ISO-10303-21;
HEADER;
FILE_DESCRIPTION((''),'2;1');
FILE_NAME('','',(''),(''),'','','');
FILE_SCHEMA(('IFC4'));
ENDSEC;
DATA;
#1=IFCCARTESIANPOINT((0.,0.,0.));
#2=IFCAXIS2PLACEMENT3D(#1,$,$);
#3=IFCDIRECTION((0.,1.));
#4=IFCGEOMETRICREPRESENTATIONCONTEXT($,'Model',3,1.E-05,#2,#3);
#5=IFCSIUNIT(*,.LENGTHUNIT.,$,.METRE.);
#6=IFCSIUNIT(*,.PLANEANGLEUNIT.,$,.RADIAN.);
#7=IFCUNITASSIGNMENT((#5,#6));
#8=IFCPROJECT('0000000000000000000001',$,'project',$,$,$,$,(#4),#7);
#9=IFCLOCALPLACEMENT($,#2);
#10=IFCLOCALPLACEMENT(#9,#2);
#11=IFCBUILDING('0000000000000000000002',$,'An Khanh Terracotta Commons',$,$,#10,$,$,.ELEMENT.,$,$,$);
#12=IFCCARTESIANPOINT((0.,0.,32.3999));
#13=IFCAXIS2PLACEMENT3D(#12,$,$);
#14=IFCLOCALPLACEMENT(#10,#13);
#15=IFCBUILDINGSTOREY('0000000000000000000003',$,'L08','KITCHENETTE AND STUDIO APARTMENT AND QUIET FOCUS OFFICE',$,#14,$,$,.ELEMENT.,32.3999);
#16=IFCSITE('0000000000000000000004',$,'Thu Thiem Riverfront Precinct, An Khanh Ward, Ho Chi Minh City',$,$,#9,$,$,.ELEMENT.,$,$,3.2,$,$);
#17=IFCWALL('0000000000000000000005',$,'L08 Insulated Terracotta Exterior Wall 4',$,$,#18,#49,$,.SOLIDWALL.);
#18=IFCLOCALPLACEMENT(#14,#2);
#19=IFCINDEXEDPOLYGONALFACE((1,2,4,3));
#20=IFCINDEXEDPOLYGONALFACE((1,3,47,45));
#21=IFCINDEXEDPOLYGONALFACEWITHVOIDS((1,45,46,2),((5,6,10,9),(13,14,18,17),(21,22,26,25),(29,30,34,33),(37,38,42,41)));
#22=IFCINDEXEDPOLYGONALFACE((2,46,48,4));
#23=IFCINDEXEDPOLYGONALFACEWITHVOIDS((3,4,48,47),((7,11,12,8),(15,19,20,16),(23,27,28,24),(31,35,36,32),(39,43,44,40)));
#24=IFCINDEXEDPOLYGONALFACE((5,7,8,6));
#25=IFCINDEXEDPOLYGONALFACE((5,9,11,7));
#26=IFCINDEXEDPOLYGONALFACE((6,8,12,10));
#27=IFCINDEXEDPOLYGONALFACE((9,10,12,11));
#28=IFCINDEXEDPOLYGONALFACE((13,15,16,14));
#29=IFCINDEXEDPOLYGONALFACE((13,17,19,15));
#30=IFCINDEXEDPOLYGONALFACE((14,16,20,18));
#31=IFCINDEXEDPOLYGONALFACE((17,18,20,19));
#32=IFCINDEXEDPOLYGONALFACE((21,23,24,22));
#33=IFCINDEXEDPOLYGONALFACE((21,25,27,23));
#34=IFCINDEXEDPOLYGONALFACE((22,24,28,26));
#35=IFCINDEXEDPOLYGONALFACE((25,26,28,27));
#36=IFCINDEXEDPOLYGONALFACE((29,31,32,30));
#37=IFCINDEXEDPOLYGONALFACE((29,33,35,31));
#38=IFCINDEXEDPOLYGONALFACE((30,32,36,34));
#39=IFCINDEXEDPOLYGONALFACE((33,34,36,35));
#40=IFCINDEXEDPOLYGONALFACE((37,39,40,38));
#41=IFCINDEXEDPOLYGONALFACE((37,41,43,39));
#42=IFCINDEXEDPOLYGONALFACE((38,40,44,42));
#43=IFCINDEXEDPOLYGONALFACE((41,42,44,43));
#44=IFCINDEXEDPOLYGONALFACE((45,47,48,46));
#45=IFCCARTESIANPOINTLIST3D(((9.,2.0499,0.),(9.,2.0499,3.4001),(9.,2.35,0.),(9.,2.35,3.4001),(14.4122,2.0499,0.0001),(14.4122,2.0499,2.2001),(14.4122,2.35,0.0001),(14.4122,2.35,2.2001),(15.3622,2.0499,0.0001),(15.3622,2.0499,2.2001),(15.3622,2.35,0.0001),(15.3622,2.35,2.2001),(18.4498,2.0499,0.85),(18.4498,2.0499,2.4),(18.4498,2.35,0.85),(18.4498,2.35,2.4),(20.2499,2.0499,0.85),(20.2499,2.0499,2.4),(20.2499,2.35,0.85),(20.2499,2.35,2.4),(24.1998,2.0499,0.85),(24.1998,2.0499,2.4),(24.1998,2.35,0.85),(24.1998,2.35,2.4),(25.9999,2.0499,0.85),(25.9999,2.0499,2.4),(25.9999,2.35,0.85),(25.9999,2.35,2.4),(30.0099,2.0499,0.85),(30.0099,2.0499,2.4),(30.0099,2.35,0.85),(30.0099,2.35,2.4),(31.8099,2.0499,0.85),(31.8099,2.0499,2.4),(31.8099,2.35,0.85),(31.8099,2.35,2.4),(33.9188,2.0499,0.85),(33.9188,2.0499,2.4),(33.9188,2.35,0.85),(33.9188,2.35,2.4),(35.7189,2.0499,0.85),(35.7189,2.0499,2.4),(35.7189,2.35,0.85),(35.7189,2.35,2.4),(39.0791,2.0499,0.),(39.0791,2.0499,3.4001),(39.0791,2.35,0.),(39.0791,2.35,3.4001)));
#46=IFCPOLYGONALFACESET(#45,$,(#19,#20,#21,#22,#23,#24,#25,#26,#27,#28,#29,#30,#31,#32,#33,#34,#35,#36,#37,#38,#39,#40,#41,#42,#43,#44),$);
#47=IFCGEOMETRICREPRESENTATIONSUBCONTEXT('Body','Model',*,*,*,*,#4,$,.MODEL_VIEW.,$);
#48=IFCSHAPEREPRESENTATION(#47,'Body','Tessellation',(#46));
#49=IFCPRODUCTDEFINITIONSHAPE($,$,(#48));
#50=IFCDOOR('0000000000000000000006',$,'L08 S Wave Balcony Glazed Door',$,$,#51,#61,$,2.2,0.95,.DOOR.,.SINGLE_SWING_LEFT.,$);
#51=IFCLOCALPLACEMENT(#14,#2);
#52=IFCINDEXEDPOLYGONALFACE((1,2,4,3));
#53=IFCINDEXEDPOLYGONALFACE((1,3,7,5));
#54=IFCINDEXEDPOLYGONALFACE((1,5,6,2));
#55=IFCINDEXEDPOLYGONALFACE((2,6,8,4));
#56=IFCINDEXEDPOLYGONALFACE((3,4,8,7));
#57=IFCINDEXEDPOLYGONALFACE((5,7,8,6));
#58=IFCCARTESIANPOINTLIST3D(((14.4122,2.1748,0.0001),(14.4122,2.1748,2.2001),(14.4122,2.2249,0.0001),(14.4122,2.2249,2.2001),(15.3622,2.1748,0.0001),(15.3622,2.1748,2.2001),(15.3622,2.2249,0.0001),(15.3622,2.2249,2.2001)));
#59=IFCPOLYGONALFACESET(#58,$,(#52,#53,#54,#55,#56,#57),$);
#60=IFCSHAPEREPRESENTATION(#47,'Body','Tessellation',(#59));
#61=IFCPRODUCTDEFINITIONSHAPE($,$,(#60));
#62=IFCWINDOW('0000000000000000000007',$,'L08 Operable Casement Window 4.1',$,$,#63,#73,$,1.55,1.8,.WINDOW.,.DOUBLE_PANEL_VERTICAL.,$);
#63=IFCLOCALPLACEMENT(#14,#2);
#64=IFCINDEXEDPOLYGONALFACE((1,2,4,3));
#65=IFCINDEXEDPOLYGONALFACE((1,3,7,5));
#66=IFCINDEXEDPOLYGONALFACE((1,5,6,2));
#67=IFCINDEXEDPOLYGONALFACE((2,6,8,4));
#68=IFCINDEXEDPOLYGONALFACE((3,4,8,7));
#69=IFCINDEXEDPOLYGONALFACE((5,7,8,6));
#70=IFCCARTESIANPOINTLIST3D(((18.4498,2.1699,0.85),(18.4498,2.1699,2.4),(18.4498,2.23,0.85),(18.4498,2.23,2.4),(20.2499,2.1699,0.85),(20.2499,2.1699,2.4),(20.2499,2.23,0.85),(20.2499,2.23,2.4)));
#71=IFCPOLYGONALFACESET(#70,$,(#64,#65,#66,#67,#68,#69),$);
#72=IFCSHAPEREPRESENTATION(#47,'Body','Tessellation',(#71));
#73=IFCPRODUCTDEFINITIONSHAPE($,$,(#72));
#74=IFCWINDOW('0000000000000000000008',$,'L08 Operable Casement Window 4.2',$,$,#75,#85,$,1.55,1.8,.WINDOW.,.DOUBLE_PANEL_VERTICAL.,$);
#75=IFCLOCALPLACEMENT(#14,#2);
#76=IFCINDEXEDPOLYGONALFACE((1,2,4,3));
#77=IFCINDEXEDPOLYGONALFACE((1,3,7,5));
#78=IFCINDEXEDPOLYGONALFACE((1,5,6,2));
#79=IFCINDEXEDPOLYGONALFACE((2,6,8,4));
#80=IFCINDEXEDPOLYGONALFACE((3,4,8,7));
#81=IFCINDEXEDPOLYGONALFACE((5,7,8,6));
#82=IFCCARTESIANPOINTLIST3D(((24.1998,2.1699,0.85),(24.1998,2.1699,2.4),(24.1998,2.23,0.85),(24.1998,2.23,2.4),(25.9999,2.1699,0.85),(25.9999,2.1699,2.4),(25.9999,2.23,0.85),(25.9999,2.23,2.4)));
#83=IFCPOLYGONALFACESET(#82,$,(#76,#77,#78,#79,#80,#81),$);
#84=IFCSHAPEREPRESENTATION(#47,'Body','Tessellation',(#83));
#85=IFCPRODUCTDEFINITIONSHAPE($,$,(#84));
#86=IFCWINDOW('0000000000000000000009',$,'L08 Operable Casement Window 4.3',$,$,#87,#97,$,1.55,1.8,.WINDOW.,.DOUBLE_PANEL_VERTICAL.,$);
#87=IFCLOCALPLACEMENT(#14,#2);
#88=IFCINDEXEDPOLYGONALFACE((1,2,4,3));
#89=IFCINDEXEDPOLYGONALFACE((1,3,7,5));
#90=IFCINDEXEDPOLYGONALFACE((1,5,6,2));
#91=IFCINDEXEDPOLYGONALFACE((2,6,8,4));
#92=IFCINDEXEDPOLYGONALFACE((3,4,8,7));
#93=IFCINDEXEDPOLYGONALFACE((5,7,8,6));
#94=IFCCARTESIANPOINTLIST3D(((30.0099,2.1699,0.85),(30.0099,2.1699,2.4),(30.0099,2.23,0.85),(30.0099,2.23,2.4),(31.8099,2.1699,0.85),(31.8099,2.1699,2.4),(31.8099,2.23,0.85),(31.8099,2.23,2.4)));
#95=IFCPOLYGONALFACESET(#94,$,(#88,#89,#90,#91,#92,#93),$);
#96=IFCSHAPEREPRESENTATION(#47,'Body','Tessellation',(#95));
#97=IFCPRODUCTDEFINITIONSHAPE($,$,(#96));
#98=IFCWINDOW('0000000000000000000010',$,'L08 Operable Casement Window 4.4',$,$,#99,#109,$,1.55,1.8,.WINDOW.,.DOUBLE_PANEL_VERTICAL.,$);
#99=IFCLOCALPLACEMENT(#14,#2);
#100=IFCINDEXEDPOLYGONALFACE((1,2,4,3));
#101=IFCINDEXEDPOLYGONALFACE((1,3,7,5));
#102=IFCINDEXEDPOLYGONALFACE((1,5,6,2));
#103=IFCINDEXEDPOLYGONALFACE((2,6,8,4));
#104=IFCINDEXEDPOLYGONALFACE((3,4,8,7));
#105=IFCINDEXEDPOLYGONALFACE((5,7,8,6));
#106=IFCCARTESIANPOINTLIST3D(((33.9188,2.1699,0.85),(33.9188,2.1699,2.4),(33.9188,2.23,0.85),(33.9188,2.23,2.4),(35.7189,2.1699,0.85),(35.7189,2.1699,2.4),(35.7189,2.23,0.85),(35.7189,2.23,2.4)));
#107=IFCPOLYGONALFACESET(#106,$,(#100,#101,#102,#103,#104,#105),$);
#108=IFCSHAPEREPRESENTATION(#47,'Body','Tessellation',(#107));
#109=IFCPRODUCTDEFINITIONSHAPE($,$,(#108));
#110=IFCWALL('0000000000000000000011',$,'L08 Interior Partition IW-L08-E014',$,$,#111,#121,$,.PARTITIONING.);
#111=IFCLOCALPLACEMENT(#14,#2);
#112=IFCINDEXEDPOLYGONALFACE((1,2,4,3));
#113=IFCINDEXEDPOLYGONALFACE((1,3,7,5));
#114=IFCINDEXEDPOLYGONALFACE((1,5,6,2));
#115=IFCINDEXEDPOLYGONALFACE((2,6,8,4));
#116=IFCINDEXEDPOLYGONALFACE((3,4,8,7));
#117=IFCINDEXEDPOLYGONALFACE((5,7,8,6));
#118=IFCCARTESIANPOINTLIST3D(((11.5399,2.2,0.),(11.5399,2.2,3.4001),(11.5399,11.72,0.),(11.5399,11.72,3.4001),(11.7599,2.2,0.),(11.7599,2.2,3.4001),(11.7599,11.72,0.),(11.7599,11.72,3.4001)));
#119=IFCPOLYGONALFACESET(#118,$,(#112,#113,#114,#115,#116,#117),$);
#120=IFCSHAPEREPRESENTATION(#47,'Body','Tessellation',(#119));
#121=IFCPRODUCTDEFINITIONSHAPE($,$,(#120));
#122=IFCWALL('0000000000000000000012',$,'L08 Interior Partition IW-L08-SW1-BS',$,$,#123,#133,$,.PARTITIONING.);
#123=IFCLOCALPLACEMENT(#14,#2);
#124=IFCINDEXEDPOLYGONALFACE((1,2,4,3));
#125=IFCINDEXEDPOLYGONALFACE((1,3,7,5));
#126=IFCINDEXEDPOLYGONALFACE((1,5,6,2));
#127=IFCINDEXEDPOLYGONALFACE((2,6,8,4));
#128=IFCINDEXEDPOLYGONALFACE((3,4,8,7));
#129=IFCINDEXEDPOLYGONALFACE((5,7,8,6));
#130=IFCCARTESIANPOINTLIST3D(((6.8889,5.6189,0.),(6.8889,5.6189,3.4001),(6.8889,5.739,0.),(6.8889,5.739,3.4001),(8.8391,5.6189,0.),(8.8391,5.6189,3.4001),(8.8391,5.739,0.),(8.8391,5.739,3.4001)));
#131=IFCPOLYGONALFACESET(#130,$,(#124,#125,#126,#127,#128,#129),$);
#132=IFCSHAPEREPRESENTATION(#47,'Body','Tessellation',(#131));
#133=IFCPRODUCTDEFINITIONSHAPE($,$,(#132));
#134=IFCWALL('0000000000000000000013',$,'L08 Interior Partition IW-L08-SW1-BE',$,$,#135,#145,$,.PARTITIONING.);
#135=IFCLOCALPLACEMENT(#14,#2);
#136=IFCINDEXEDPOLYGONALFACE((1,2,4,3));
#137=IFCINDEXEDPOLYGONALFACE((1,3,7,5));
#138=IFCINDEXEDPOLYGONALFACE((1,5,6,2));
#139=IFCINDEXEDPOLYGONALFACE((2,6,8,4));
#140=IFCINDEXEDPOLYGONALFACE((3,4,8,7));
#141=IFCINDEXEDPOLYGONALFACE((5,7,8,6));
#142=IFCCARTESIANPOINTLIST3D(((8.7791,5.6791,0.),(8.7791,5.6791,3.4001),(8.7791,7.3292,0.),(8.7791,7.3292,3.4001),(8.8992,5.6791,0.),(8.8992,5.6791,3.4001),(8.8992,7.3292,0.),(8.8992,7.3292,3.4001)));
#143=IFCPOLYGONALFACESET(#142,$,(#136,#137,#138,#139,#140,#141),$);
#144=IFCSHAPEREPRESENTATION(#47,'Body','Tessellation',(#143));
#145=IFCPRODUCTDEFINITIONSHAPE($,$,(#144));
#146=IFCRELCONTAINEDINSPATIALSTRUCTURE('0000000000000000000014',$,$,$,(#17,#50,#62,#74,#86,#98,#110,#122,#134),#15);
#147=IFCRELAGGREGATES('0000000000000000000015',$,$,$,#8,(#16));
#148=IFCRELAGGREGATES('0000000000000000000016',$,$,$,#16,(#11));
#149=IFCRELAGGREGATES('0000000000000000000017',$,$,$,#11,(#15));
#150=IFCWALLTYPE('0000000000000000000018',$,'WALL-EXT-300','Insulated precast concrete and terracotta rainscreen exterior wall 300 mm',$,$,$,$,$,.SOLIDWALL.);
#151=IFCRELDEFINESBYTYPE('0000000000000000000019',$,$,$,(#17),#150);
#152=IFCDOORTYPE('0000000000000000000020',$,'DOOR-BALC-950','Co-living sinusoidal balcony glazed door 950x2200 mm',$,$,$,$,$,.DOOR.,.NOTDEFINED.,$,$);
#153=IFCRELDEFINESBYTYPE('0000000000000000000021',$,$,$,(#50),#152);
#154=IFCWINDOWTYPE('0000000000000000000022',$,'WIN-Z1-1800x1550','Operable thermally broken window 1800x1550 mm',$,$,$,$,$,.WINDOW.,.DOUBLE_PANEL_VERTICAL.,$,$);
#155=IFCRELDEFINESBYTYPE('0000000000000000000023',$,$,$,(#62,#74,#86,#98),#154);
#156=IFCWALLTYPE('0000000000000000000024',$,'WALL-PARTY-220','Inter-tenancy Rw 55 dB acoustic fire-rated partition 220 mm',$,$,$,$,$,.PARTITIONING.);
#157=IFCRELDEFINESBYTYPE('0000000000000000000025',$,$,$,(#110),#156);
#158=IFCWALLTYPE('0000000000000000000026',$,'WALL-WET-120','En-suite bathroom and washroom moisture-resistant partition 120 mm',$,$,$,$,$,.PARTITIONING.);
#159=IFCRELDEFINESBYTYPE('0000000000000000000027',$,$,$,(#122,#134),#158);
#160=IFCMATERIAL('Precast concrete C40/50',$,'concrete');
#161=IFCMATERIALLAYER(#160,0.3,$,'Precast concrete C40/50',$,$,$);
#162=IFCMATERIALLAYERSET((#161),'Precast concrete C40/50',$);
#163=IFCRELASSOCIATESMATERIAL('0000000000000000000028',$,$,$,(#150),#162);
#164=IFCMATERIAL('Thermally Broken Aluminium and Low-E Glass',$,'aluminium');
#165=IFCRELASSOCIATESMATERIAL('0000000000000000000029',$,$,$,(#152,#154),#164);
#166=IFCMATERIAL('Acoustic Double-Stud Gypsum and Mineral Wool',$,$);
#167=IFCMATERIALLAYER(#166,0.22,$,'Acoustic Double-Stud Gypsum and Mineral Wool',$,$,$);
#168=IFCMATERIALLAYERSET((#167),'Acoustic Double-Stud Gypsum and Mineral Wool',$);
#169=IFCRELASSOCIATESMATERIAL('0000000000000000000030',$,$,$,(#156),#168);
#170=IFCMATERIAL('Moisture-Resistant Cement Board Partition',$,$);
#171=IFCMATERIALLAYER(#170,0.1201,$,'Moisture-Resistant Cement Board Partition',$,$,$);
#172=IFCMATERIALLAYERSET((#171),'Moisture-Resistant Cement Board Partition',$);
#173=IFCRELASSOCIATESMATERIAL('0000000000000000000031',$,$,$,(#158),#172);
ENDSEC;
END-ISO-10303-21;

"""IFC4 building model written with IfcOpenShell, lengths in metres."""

from ifc_helpers import new_model, si_unit, direction, frame, frame_2d, origin, place, context, subcontext, project, spatial, rectangle, extrude, material, layer, layer_set, type_object, element, fill, save


model = new_model("IFC4")

# Units and contexts
model_context = context("Model", 3, precision=1e-05, world=origin(), true_north=direction((0.0, 1.0)))
body_context = subcontext(model_context, "Body", "Model", "MODEL_VIEW")
ifc_project = project(units=[si_unit("LENGTHUNIT", "METRE"), si_unit("PLANEANGLEUNIT", "RADIAN")], contexts=[model_context])

# Site, building, storey
site_placement = place(None, origin())
site = spatial("IfcSite", under=ifc_project, at=site_placement, Name="Thu Thiem Riverfront Precinct, An Khanh Ward, Ho Chi Minh City", CompositionType="ELEMENT", RefElevation=3.2)
building_placement = place(site_placement, origin())
building = spatial("IfcBuilding", under=site, at=building_placement, Name="An Khanh Terracotta Commons", CompositionType="ELEMENT")
storey_placement = place(building_placement, frame((0.0, 0.0, 32.3999)))
storey = spatial("IfcBuildingStorey", under=building, at=storey_placement, Name="L08", Description="KITCHENETTE AND STUDIO APARTMENT AND QUIET FOCUS OFFICE", CompositionType="ELEMENT", Elevation=32.3999)

# Wall, openings, door, windows
ifc_material_1 = material(Name="Precast concrete C40/50", Category="concrete")
ifc_layer_1 = layer(ifc_material_1, 0.3, Name="Precast concrete C40/50")
ifc_layer_set_1 = layer_set([ifc_layer_1], Name="Precast concrete C40/50")
wall_type_1 = type_object("IfcWallType", Name="WALL-EXT-300", Description="Insulated precast concrete and terracotta rainscreen exterior wall 300 mm", PredefinedType="SOLIDWALL", material=ifc_layer_set_1)
wall_1_placement = place(storey_placement, frame((9.0, 2.2, 0.0), z_axis=(0.0, 0.0, 1.0), x_axis=(1.0, 0.0, 0.0)))
wall_1 = element("IfcWall", 1, at=wall_1_placement, inside=storey, type_object=wall_type_1, Name="L08 Insulated Terracotta Exterior Wall 4", PredefinedType="SOLIDWALL", context=body_context, shape_type="SweptSolid", body=[
    extrude(rectangle(XDim=30.0791, YDim=0.3, at=frame_2d((15.0396, 0.0))), origin(), (0.0, 0.0, 1.0), 3.4001),
])
opening_1_placement = place(wall_1_placement, frame((5.4121, 0.0, 0.0)))
opening_1 = element("IfcOpeningElement", 2, at=opening_1_placement, cuts=wall_1, PredefinedType="OPENING", context=body_context, shape_type="SweptSolid", body=[
    extrude(rectangle(XDim=0.95, YDim=2.2, at=frame_2d((0.4751, 1.1001))), frame((0.0, 0.1599, 0.0), z_axis=(0.0, -1.0, 0.0), x_axis=(1.0, 0.0, 0.0)), (0.0, 0.0, 1.0), 0.3201),
])
opening_2_placement = place(wall_1_placement, frame((9.45, 0.0, 0.8501)))
opening_2 = element("IfcOpeningElement", 3, at=opening_2_placement, cuts=wall_1, PredefinedType="OPENING", context=body_context, shape_type="SweptSolid", body=[
    extrude(rectangle(XDim=1.8, YDim=1.55, at=frame_2d((0.8999, 0.7749))), frame((0.0, 0.1599, 0.0), z_axis=(0.0, -1.0, 0.0), x_axis=(1.0, 0.0, 0.0)), (0.0, 0.0, 1.0), 0.3201),
])
opening_3_placement = place(wall_1_placement, frame((15.2, 0.0, 0.8501)))
opening_3 = element("IfcOpeningElement", 4, at=opening_3_placement, cuts=wall_1, PredefinedType="OPENING", context=body_context, shape_type="SweptSolid", body=[
    extrude(rectangle(XDim=1.8, YDim=1.55, at=frame_2d((0.8999, 0.7749))), frame((0.0, 0.1599, 0.0), z_axis=(0.0, -1.0, 0.0), x_axis=(1.0, 0.0, 0.0)), (0.0, 0.0, 1.0), 0.3201),
])
opening_4_placement = place(wall_1_placement, frame((21.01, 0.0, 0.8501)))
opening_4 = element("IfcOpeningElement", 5, at=opening_4_placement, cuts=wall_1, PredefinedType="OPENING", context=body_context, shape_type="SweptSolid", body=[
    extrude(rectangle(XDim=1.8, YDim=1.55, at=frame_2d((0.8999, 0.7749))), frame((0.0, 0.1599, 0.0), z_axis=(0.0, -1.0, 0.0), x_axis=(1.0, 0.0, 0.0)), (0.0, 0.0, 1.0), 0.3201),
])
opening_5_placement = place(wall_1_placement, frame((24.9189, 0.0, 0.8501)))
opening_5 = element("IfcOpeningElement", 6, at=opening_5_placement, cuts=wall_1, PredefinedType="OPENING", context=body_context, shape_type="SweptSolid", body=[
    extrude(rectangle(XDim=1.8, YDim=1.55, at=frame_2d((0.8999, 0.7749))), frame((0.0, 0.1599, 0.0), z_axis=(0.0, -1.0, 0.0), x_axis=(1.0, 0.0, 0.0)), (0.0, 0.0, 1.0), 0.3201),
])
ifc_material_2 = material(Name="Thermally Broken Aluminium and Low-E Glass", Category="aluminium")
door_type_1 = type_object("IfcDoorType", Name="DOOR-BALC-950", Description="Co-living sinusoidal balcony glazed door 950x2200 mm", OperationType="NOTDEFINED", PredefinedType="DOOR", material=ifc_material_2)
door_1_placement = place(opening_1_placement, origin())
door_1 = element("IfcDoor", 7, at=door_1_placement, inside=storey, type_object=door_type_1, Name="L08 S Wave Balcony Glazed Door", OperationType="SINGLE_SWING_LEFT", OverallHeight=2.2, OverallWidth=0.95, PredefinedType="DOOR", context=body_context, shape_type="SweptSolid", body=[
    extrude(rectangle(XDim=0.95, YDim=2.2, at=frame_2d((0.4751, 1.1001))), frame((0.0, 0.0249, 0.0), z_axis=(0.0, -1.0, 0.0), x_axis=(1.0, 0.0, 0.0)), (0.0, 0.0, 1.0), 0.05),
])
fill(opening_1, door_1)
window_type = type_object("IfcWindowType", Name="WIN-Z1-1800x1550", Description="Operable thermally broken window 1800x1550 mm", PartitioningType="DOUBLE_PANEL_VERTICAL", PredefinedType="WINDOW", material=ifc_material_2)
window_1_placement = place(opening_2_placement, origin())
window_1 = element("IfcWindow", 8, at=window_1_placement, inside=storey, type_object=window_type, Name="L08 Operable Casement Window 4.1", OverallHeight=1.55, OverallWidth=1.8, PartitioningType="DOUBLE_PANEL_VERTICAL", PredefinedType="WINDOW", context=body_context, shape_type="SweptSolid", body=[
    extrude(rectangle(XDim=1.8, YDim=1.55, at=frame_2d((0.8999, 0.7749))), frame((0.0, 0.03, 0.0), z_axis=(0.0, -1.0, 0.0), x_axis=(1.0, 0.0, 0.0)), (0.0, 0.0, 1.0), 0.0601),
])
fill(opening_2, window_1)
window_2_placement = place(opening_3_placement, origin())
window_2 = element("IfcWindow", 9, at=window_2_placement, inside=storey, type_object=window_type, Name="L08 Operable Casement Window 4.2", OverallHeight=1.55, OverallWidth=1.8, PartitioningType="DOUBLE_PANEL_VERTICAL", PredefinedType="WINDOW", context=body_context, shape_type="SweptSolid", body=[
    extrude(rectangle(XDim=1.8, YDim=1.55, at=frame_2d((0.8999, 0.7749))), frame((0.0, 0.03, 0.0), z_axis=(0.0, -1.0, 0.0), x_axis=(1.0, 0.0, 0.0)), (0.0, 0.0, 1.0), 0.0601),
])
fill(opening_3, window_2)
window_3_placement = place(opening_4_placement, origin())
window_3 = element("IfcWindow", 10, at=window_3_placement, inside=storey, type_object=window_type, Name="L08 Operable Casement Window 4.3", OverallHeight=1.55, OverallWidth=1.8, PartitioningType="DOUBLE_PANEL_VERTICAL", PredefinedType="WINDOW", context=body_context, shape_type="SweptSolid", body=[
    extrude(rectangle(XDim=1.8, YDim=1.55, at=frame_2d((0.8999, 0.7749))), frame((0.0, 0.03, 0.0), z_axis=(0.0, -1.0, 0.0), x_axis=(1.0, 0.0, 0.0)), (0.0, 0.0, 1.0), 0.0601),
])
fill(opening_4, window_3)
window_4_placement = place(opening_5_placement, origin())
window_4 = element("IfcWindow", 11, at=window_4_placement, inside=storey, type_object=window_type, Name="L08 Operable Casement Window 4.4", OverallHeight=1.55, OverallWidth=1.8, PartitioningType="DOUBLE_PANEL_VERTICAL", PredefinedType="WINDOW", context=body_context, shape_type="SweptSolid", body=[
    extrude(rectangle(XDim=1.8, YDim=1.55, at=frame_2d((0.8999, 0.7749))), frame((0.0, 0.03, 0.0), z_axis=(0.0, -1.0, 0.0), x_axis=(1.0, 0.0, 0.0)), (0.0, 0.0, 1.0), 0.0601),
])
fill(opening_5, window_4)

# Walls
ifc_material_3 = material(Name="Acoustic Double-Stud Gypsum and Mineral Wool")
ifc_layer_2 = layer(ifc_material_3, 0.22, Name="Acoustic Double-Stud Gypsum and Mineral Wool")
ifc_layer_set_2 = layer_set([ifc_layer_2], Name="Acoustic Double-Stud Gypsum and Mineral Wool")
wall_type_2 = type_object("IfcWallType", Name="WALL-PARTY-220", Description="Inter-tenancy Rw 55 dB acoustic fire-rated partition 220 mm", PredefinedType="PARTITIONING", material=ifc_layer_set_2)
wall_2_placement = place(storey_placement, frame((11.6499, 2.2, 0.0), z_axis=(0.0, 0.0, 1.0), x_axis=(0.0, 1.0, 0.0)))
element("IfcWall", 12, at=wall_2_placement, inside=storey, type_object=wall_type_2, Name="L08 Interior Partition IW-L08-E014", PredefinedType="PARTITIONING", context=body_context, shape_type="SweptSolid", body=[
    extrude(rectangle(XDim=9.52, YDim=0.22, at=frame_2d((4.76, 0.0))), origin(), (0.0, 0.0, 1.0), 3.4001),
])
ifc_material_4 = material(Name="Moisture-Resistant Cement Board Partition")
ifc_layer_3 = layer(ifc_material_4, 0.1201, Name="Moisture-Resistant Cement Board Partition")
ifc_layer_set_3 = layer_set([ifc_layer_3], Name="Moisture-Resistant Cement Board Partition")
wall_type_3 = type_object("IfcWallType", Name="WALL-WET-120", Description="En-suite bathroom and washroom moisture-resistant partition 120 mm", PredefinedType="PARTITIONING", material=ifc_layer_set_3)
wall_3_placement = place(storey_placement, frame((8.8391, 5.679, 0.0), z_axis=(0.0, 0.0, 1.0), x_axis=(-1.0, 0.0, 0.0)))
element("IfcWall", 13, at=wall_3_placement, inside=storey, type_object=wall_type_3, Name="L08 Interior Partition IW-L08-SW1-BS", PredefinedType="PARTITIONING", context=body_context, shape_type="SweptSolid", body=[
    extrude(rectangle(XDim=1.9502, YDim=0.1201, at=frame_2d((0.9751, 0.0))), origin(), (0.0, 0.0, 1.0), 3.4001),
])
wall_4_placement = place(storey_placement, frame((8.8391, 5.679, 0.0), z_axis=(0.0, 0.0, 1.0), x_axis=(0.0, 1.0, 0.0)))
element("IfcWall", 14, at=wall_4_placement, inside=storey, type_object=wall_type_3, Name="L08 Interior Partition IW-L08-SW1-BE", PredefinedType="PARTITIONING", context=body_context, shape_type="SweptSolid", body=[
    extrude(rectangle(XDim=1.6501, YDim=0.1201, at=frame_2d((0.8252, 0.0))), origin(), (0.0, 0.0, 1.0), 3.4001),
])

save(model, "model.ifc")
